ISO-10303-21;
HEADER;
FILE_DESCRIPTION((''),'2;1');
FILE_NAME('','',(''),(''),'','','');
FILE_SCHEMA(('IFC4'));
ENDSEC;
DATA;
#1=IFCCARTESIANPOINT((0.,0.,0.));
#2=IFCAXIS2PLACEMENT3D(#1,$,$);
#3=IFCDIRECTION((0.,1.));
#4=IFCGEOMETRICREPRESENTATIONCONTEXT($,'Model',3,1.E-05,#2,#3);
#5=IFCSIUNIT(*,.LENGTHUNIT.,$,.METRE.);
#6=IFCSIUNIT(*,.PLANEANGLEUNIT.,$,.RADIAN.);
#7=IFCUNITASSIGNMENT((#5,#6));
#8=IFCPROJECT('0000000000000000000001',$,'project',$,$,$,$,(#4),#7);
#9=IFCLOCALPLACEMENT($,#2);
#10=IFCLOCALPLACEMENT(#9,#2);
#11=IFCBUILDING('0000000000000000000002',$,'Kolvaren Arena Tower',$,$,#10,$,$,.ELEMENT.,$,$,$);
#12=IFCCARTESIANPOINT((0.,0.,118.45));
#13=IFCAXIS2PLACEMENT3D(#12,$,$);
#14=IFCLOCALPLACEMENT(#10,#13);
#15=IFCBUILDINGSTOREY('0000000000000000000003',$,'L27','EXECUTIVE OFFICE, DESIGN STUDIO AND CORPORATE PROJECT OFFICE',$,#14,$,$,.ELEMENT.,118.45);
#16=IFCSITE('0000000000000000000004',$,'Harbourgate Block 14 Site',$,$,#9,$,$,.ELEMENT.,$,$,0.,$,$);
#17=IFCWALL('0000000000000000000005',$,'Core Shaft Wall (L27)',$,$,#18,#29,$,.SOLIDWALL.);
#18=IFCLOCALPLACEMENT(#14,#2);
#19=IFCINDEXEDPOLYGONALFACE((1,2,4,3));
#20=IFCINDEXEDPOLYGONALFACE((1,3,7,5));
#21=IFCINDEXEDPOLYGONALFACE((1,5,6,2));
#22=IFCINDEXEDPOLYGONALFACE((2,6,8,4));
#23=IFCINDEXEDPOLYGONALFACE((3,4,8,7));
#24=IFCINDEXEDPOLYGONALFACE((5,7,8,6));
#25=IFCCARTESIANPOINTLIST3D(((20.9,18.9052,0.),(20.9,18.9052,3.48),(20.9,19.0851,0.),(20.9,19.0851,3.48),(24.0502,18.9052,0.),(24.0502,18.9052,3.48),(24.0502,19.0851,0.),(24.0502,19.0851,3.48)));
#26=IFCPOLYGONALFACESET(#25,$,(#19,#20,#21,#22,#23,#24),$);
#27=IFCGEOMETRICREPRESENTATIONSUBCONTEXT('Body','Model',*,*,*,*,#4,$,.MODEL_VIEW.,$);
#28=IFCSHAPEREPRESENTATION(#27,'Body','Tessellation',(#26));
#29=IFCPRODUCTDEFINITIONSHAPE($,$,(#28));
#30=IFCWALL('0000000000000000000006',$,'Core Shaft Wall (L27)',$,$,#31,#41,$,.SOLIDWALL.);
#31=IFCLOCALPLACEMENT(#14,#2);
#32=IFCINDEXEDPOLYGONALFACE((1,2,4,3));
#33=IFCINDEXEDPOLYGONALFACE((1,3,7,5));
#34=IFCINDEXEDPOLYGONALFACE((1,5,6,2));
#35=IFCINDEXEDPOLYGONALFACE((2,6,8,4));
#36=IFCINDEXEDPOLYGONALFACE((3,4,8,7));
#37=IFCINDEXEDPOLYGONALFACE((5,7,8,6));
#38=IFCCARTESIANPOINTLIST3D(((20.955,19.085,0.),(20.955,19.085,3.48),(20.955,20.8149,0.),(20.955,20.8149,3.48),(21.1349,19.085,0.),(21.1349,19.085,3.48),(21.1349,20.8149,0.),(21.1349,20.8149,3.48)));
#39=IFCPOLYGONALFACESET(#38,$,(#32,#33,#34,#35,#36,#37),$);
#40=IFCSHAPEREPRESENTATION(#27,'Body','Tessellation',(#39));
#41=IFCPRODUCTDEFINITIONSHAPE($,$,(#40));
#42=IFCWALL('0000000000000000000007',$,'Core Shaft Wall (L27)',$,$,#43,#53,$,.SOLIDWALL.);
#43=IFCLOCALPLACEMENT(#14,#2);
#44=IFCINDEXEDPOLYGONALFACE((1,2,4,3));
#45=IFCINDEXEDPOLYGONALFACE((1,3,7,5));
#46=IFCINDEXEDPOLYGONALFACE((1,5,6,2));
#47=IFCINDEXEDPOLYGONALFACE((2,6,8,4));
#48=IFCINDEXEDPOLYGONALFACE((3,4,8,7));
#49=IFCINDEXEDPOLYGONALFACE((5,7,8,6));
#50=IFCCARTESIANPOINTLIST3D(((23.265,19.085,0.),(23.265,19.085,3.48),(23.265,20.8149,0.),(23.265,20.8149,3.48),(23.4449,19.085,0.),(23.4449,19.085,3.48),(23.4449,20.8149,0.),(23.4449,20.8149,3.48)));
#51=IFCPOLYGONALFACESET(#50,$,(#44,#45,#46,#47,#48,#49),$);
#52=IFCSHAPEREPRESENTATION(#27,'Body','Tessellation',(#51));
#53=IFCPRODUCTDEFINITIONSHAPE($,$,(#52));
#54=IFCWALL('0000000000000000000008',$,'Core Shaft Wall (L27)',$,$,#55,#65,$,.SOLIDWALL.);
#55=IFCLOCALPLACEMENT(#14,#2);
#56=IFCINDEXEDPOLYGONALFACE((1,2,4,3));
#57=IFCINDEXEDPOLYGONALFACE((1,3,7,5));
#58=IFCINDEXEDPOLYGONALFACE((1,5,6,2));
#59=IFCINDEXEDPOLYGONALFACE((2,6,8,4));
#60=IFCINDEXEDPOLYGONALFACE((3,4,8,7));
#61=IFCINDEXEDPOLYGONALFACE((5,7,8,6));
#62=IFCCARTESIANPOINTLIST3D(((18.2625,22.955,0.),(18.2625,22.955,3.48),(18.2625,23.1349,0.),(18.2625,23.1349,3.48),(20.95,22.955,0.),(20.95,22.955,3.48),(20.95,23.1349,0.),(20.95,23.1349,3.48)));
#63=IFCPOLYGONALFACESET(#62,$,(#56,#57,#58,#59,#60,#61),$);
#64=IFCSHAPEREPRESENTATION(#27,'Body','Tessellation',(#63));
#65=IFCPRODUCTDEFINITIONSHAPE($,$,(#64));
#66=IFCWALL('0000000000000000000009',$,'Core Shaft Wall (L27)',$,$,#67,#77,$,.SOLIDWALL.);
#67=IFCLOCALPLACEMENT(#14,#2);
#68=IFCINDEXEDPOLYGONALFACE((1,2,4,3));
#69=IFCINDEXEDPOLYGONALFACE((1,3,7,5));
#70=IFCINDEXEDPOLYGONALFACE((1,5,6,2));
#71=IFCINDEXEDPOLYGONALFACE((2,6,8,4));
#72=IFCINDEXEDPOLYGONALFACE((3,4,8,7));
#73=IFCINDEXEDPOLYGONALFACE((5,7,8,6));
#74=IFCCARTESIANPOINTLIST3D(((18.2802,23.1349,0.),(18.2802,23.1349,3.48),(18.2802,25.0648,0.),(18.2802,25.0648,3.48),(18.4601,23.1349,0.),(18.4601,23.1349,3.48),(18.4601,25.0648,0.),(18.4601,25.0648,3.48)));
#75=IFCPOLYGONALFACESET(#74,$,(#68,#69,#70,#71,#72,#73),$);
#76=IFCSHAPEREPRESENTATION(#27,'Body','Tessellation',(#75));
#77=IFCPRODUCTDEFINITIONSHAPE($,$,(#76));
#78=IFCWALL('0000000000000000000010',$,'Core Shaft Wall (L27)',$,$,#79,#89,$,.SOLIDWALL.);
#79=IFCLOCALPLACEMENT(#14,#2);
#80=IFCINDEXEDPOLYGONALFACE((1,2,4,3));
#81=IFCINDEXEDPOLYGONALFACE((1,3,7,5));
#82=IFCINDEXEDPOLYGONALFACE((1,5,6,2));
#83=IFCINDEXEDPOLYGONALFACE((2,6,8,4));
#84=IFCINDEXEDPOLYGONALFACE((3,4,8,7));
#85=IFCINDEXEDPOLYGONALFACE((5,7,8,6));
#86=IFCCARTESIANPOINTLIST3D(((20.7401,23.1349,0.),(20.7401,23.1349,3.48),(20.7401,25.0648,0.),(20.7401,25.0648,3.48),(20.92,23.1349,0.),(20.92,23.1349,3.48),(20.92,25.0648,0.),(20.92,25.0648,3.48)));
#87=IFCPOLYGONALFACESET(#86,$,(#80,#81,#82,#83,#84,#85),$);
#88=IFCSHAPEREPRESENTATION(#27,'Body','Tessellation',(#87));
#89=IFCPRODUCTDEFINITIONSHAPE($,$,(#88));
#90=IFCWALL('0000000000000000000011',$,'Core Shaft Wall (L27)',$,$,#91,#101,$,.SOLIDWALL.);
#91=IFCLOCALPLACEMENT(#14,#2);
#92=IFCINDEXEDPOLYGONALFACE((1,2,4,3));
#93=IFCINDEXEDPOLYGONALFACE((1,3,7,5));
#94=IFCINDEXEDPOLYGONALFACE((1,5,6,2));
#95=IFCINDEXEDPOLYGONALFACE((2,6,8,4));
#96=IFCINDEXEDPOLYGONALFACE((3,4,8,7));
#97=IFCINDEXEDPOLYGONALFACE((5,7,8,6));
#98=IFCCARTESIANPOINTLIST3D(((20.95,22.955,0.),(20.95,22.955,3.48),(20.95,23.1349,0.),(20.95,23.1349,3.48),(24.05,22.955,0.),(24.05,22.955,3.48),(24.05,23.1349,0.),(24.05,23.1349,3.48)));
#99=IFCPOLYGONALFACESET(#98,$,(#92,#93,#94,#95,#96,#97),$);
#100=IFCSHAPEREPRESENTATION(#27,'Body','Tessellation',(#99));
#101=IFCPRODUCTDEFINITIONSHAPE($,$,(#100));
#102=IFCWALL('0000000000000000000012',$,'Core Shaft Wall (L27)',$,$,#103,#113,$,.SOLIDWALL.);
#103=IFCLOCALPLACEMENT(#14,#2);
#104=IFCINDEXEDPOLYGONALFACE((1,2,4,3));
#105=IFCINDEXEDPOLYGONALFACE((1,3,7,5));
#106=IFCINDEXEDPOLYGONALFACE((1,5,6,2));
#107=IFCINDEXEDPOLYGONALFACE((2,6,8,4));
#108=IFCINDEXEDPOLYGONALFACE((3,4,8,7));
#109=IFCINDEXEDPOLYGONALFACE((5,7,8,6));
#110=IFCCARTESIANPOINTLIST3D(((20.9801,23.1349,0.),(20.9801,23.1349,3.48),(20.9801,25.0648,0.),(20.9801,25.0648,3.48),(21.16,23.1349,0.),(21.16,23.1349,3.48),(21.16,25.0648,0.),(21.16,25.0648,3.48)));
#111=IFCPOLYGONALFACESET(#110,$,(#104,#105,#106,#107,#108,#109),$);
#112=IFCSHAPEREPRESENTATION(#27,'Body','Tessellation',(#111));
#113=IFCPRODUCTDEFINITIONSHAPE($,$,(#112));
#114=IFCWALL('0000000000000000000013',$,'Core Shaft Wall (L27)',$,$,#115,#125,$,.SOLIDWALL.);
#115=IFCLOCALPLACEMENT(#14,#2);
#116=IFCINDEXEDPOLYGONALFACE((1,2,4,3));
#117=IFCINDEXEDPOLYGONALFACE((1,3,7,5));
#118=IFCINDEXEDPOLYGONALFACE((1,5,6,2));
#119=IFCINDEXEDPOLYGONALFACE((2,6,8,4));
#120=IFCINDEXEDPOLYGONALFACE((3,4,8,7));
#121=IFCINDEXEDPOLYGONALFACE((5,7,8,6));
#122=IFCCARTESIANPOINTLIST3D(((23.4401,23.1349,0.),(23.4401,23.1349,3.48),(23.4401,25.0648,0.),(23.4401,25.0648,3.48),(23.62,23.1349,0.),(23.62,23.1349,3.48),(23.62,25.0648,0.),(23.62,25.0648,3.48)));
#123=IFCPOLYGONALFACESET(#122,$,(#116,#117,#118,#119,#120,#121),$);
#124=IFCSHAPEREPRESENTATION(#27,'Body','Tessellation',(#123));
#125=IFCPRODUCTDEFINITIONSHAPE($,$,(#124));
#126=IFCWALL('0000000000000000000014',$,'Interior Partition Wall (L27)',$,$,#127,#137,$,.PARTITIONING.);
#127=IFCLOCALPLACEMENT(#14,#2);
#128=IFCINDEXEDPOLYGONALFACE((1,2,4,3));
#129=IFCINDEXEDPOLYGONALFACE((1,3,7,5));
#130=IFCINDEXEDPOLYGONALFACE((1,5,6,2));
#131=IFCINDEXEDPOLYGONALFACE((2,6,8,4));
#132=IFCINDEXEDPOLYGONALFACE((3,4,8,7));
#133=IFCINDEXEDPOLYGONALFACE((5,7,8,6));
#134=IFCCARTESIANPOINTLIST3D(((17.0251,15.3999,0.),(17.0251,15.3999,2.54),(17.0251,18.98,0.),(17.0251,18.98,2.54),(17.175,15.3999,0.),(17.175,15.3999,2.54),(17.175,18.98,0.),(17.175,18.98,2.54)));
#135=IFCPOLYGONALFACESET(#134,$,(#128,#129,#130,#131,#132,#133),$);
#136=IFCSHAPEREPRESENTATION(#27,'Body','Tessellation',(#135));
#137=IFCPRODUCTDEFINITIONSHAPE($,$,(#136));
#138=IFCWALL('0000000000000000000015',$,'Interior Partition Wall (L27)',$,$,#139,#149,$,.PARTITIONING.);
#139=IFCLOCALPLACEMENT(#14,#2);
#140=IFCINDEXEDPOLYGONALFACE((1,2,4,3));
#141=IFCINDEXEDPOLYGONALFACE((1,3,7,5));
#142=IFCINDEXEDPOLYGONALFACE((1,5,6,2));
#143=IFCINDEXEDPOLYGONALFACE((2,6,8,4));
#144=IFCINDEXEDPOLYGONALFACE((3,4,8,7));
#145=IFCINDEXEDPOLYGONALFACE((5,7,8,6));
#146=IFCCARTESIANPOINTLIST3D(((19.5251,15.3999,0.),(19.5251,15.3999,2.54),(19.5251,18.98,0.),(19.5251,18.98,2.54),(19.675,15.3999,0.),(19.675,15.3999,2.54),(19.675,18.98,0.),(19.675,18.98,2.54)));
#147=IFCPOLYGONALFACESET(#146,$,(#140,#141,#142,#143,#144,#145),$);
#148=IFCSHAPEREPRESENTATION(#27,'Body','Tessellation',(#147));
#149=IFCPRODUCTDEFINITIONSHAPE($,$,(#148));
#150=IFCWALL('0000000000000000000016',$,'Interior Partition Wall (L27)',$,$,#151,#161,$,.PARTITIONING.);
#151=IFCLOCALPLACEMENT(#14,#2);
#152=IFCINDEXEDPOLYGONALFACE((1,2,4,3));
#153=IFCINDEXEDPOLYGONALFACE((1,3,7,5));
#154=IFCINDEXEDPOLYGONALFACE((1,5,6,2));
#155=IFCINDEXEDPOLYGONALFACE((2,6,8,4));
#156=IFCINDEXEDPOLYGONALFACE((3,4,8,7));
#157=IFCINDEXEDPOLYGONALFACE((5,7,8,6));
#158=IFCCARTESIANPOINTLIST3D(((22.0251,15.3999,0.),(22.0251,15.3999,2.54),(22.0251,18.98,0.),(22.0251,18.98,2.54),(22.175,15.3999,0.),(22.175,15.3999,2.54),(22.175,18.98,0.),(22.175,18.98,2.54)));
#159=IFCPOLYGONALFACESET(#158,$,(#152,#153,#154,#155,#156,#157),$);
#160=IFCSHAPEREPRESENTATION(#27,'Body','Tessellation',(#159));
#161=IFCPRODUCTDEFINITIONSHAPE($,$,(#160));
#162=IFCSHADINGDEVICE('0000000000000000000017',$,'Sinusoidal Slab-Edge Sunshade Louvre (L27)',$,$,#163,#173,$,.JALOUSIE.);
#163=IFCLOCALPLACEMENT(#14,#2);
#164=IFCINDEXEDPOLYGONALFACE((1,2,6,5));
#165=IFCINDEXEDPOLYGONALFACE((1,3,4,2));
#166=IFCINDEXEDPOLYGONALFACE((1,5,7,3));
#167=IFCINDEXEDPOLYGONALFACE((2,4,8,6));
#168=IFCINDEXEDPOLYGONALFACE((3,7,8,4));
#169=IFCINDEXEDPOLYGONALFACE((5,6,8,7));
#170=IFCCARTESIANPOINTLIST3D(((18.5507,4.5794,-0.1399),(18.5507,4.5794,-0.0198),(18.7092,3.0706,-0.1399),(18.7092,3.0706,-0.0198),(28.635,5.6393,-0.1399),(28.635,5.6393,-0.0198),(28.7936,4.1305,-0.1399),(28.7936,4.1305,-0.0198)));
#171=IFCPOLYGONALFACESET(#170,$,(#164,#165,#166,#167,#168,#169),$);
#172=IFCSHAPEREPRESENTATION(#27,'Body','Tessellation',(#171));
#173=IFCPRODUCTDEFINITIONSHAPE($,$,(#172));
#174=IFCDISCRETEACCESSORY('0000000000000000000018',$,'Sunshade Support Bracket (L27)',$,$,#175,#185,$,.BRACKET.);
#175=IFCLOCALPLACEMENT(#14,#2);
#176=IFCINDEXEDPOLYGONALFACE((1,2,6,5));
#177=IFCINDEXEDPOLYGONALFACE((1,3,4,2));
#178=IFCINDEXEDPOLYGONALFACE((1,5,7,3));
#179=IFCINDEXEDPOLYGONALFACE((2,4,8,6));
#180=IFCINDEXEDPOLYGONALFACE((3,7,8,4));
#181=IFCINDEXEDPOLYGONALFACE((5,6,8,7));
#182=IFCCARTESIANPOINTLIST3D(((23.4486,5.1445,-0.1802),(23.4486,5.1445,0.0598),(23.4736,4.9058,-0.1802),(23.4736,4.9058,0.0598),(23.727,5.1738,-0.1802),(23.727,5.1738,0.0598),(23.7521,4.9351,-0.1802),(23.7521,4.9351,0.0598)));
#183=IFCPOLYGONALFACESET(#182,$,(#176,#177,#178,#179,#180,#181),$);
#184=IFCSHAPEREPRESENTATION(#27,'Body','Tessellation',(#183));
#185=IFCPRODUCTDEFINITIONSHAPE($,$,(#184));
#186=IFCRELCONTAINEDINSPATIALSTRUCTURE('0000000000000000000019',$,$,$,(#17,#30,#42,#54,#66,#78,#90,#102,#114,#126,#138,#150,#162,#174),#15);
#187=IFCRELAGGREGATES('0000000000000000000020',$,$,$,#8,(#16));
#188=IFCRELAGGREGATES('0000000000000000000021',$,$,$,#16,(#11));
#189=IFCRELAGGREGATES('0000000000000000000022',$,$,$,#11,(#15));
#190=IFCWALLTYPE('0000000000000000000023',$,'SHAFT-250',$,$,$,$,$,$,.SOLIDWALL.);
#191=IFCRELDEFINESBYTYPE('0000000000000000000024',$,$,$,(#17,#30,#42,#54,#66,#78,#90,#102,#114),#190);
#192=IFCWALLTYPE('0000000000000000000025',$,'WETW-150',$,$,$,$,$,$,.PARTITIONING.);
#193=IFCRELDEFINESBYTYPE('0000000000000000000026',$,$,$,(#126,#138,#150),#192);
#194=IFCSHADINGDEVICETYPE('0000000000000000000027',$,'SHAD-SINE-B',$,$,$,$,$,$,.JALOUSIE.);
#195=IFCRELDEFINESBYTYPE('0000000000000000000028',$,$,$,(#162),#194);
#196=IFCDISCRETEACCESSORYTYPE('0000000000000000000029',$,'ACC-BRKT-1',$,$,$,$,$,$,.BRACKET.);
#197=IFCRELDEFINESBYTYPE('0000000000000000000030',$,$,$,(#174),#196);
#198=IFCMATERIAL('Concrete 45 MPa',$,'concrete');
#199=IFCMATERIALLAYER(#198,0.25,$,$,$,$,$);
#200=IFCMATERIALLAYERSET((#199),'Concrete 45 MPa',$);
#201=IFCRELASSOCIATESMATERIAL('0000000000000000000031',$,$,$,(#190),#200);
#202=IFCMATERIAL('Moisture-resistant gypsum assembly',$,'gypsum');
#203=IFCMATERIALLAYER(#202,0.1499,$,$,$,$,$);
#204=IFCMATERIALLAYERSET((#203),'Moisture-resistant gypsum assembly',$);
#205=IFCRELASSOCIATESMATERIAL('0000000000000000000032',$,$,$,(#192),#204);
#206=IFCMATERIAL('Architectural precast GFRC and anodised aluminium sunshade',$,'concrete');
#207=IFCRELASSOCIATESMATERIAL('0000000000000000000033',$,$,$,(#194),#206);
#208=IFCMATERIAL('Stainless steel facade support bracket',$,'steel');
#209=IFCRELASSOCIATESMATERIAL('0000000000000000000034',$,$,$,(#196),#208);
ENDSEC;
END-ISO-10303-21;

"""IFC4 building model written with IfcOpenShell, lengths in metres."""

from ifc_helpers import new_model, si_unit, direction, frame, frame_2d, origin, origin_2d, place, context, subcontext, project, spatial, rectangle, extrude, material, layer, layer_set, type_object, element, save


model = new_model("IFC4")

# Units and contexts
model_context = context("Model", 3, precision=1e-05, world=origin(), true_north=direction((0.0, 1.0)))
body_context = subcontext(model_context, "Body", "Model", "MODEL_VIEW")
ifc_project = project(units=[si_unit("LENGTHUNIT", "METRE"), si_unit("PLANEANGLEUNIT", "RADIAN")], contexts=[model_context])

# Site, building, storey
site_placement = place(None, origin())
site = spatial("IfcSite", under=ifc_project, at=site_placement, Name="Harbourgate Block 14 Site", CompositionType="ELEMENT", RefElevation=0.0)
building_placement = place(site_placement, origin())
building = spatial("IfcBuilding", under=site, at=building_placement, Name="Kolvaren Arena Tower", CompositionType="ELEMENT")
storey_placement = place(building_placement, frame((0.0, 0.0, 118.45)))
storey = spatial("IfcBuildingStorey", under=building, at=storey_placement, Name="L27", Description="EXECUTIVE OFFICE, DESIGN STUDIO AND CORPORATE PROJECT OFFICE", CompositionType="ELEMENT", Elevation=118.45)

# Walls
ifc_material_1 = material(Name="Concrete 45 MPa", Category="concrete")
ifc_layer_1 = layer(ifc_material_1, 0.25)
ifc_layer_set_1 = layer_set([ifc_layer_1], Name="Concrete 45 MPa")
wall_type_1 = type_object("IfcWallType", Name="SHAFT-250", PredefinedType="SOLIDWALL", material=ifc_layer_set_1)
for number, where, z_axis, x_axis, name in (
    (1, (20.8999, 18.9951, 0.0), (0.0, 0.0, 1.0), (1.0, 0.0, 0.0), "Core Shaft Wall (L27)"),
):
    element("IfcWall", number, at=place(storey_placement, frame(where, z_axis=z_axis, x_axis=x_axis)), inside=storey, type_object=wall_type_1, Name=name, PredefinedType="SOLIDWALL", context=body_context, shape_type="SweptSolid", body=[
        extrude(rectangle(XDim=3.1501, YDim=0.1799, at=frame_2d((1.5752, 0.0))), origin(), (0.0, 0.0, 1.0), 3.48),
    ])
for number, where, z_axis, x_axis, name in (
    (2, (21.0449, 19.085, 0.0), (0.0, 0.0, 1.0), (0.0, 1.0, 0.0), "Core Shaft Wall (L27)"),
    (3, (23.355, 19.085, 0.0), (0.0, 0.0, 1.0), (0.0, 1.0, 0.0), "Core Shaft Wall (L27)"),
):
    element("IfcWall", number, at=place(storey_placement, frame(where, z_axis=z_axis, x_axis=x_axis)), inside=storey, type_object=wall_type_1, Name=name, PredefinedType="SOLIDWALL", context=body_context, shape_type="SweptSolid", body=[
        extrude(rectangle(XDim=1.73, YDim=0.1799, at=frame_2d((0.865, 0.0))), origin(), (0.0, 0.0, 1.0), 3.48),
    ])
wall_1_placement = place(storey_placement, frame((18.2625, 23.0449, 0.0), z_axis=(0.0, 0.0, 1.0), x_axis=(1.0, 0.0, 0.0)))
element("IfcWall", 4, at=wall_1_placement, inside=storey, type_object=wall_type_1, Name="Core Shaft Wall (L27)", PredefinedType="SOLIDWALL", context=body_context, shape_type="SweptSolid", body=[
    extrude(rectangle(XDim=2.6875, YDim=0.1799, at=frame_2d((1.3438, 0.0))), origin(), (0.0, 0.0, 1.0), 3.48),
])
for number, where, z_axis, x_axis, name in (
    (5, (18.3701, 23.135, 0.0), (0.0, 0.0, 1.0), (0.0, 1.0, 0.0), "Core Shaft Wall (L27)"),
    (6, (20.8301, 23.135, 0.0), (0.0, 0.0, 1.0), (0.0, 1.0, 0.0), "Core Shaft Wall (L27)"),
):
    element("IfcWall", number, at=place(storey_placement, frame(where, z_axis=z_axis, x_axis=x_axis)), inside=storey, type_object=wall_type_1, Name=name, PredefinedType="SOLIDWALL", context=body_context, shape_type="SweptSolid", body=[
        extrude(rectangle(XDim=1.9299, YDim=0.1799, at=frame_2d((0.9648, 0.0))), origin(), (0.0, 0.0, 1.0), 3.48),
    ])
wall_2_placement = place(storey_placement, frame((20.95, 23.0449, 0.0), z_axis=(0.0, 0.0, 1.0), x_axis=(1.0, 0.0, 0.0)))
element("IfcWall", 7, at=wall_2_placement, inside=storey, type_object=wall_type_1, Name="Core Shaft Wall (L27)", PredefinedType="SOLIDWALL", context=body_context, shape_type="SweptSolid", body=[
    extrude(rectangle(XDim=3.1001, YDim=0.1799, at=frame_2d((1.55, 0.0))), origin(), (0.0, 0.0, 1.0), 3.48),
])
for number, where, z_axis, x_axis, name in (
    (8, (21.0701, 23.135, 0.0), (0.0, 0.0, 1.0), (0.0, 1.0, 0.0), "Core Shaft Wall (L27)"),
    (9, (23.53, 23.135, 0.0), (0.0, 0.0, 1.0), (0.0, 1.0, 0.0), "Core Shaft Wall (L27)"),
):
    element("IfcWall", number, at=place(storey_placement, frame(where, z_axis=z_axis, x_axis=x_axis)), inside=storey, type_object=wall_type_1, Name=name, PredefinedType="SOLIDWALL", context=body_context, shape_type="SweptSolid", body=[
        extrude(rectangle(XDim=1.9299, YDim=0.1799, at=frame_2d((0.9648, 0.0))), origin(), (0.0, 0.0, 1.0), 3.48),
    ])
ifc_material_2 = material(Name="Moisture-resistant gypsum assembly", Category="gypsum")
ifc_layer_2 = layer(ifc_material_2, 0.1499)
ifc_layer_set_2 = layer_set([ifc_layer_2], Name="Moisture-resistant gypsum assembly")
wall_type_2 = type_object("IfcWallType", Name="WETW-150", PredefinedType="PARTITIONING", material=ifc_layer_set_2)
for number, where, z_axis, x_axis, name in (
    (10, (17.1001, 15.3999, 0.0), (0.0, 0.0, 1.0), (0.0, 1.0, 0.0), "Interior Partition Wall (L27)"),
    (11, (19.6001, 15.3999, 0.0), (0.0, 0.0, 1.0), (0.0, 1.0, 0.0), "Interior Partition Wall (L27)"),
    (12, (22.1001, 15.3999, 0.0), (0.0, 0.0, 1.0), (0.0, 1.0, 0.0), "Interior Partition Wall (L27)"),
):
    element("IfcWall", number, at=place(storey_placement, frame(where, z_axis=z_axis, x_axis=x_axis)), inside=storey, type_object=wall_type_2, Name=name, PredefinedType="PARTITIONING", context=body_context, shape_type="SweptSolid", body=[
        extrude(rectangle(XDim=3.5801, YDim=0.1499, at=frame_2d((1.79, 0.0))), origin(), (0.0, 0.0, 1.0), 2.54),
    ])

# Shading device
ifc_material_3 = material(Name="Architectural precast GFRC and anodised aluminium sunshade", Category="concrete")
shading_device_type = type_object("IfcShadingDeviceType", Name="SHAD-SINE-B", PredefinedType="JALOUSIE", material=ifc_material_3)
shading_device_placement = place(storey_placement, frame((23.6721, 4.355, -0.1399), z_axis=(0.0, 0.0, 1.0), x_axis=(-0.994522, -0.104527, 0.0)))
element("IfcShadingDevice", 13, at=shading_device_placement, inside=storey, type_object=shading_device_type, Name="Sinusoidal Slab-Edge Sunshade Louvre (L27)", PredefinedType="JALOUSIE", context=body_context, shape_type="SweptSolid", body=[
    extrude(rectangle(XDim=10.1399, YDim=1.5171, at=origin_2d()), origin(), (0.0, 0.0, 1.0), 0.1201),
])

# Discrete accessory
ifc_material_4 = material(Name="Stainless steel facade support bracket", Category="steel")
discrete_accessory_type = type_object("IfcDiscreteAccessoryType", Name="ACC-BRKT-1", PredefinedType="BRACKET", material=ifc_material_4)
discrete_accessory_placement = place(storey_placement, frame((23.6003, 5.0398, -0.1802), z_axis=(0.0, 0.0, 1.0), x_axis=(-0.994522, -0.104527, 0.0)))
element("IfcDiscreteAccessory", 14, at=discrete_accessory_placement, inside=storey, type_object=discrete_accessory_type, Name="Sunshade Support Bracket (L27)", PredefinedType="BRACKET", context=body_context, shape_type="SweptSolid", body=[
    extrude(rectangle(XDim=0.28, YDim=0.24, at=origin_2d()), origin(), (0.0, 0.0, 1.0), 0.24),
])

save(model, "model.ifc")
